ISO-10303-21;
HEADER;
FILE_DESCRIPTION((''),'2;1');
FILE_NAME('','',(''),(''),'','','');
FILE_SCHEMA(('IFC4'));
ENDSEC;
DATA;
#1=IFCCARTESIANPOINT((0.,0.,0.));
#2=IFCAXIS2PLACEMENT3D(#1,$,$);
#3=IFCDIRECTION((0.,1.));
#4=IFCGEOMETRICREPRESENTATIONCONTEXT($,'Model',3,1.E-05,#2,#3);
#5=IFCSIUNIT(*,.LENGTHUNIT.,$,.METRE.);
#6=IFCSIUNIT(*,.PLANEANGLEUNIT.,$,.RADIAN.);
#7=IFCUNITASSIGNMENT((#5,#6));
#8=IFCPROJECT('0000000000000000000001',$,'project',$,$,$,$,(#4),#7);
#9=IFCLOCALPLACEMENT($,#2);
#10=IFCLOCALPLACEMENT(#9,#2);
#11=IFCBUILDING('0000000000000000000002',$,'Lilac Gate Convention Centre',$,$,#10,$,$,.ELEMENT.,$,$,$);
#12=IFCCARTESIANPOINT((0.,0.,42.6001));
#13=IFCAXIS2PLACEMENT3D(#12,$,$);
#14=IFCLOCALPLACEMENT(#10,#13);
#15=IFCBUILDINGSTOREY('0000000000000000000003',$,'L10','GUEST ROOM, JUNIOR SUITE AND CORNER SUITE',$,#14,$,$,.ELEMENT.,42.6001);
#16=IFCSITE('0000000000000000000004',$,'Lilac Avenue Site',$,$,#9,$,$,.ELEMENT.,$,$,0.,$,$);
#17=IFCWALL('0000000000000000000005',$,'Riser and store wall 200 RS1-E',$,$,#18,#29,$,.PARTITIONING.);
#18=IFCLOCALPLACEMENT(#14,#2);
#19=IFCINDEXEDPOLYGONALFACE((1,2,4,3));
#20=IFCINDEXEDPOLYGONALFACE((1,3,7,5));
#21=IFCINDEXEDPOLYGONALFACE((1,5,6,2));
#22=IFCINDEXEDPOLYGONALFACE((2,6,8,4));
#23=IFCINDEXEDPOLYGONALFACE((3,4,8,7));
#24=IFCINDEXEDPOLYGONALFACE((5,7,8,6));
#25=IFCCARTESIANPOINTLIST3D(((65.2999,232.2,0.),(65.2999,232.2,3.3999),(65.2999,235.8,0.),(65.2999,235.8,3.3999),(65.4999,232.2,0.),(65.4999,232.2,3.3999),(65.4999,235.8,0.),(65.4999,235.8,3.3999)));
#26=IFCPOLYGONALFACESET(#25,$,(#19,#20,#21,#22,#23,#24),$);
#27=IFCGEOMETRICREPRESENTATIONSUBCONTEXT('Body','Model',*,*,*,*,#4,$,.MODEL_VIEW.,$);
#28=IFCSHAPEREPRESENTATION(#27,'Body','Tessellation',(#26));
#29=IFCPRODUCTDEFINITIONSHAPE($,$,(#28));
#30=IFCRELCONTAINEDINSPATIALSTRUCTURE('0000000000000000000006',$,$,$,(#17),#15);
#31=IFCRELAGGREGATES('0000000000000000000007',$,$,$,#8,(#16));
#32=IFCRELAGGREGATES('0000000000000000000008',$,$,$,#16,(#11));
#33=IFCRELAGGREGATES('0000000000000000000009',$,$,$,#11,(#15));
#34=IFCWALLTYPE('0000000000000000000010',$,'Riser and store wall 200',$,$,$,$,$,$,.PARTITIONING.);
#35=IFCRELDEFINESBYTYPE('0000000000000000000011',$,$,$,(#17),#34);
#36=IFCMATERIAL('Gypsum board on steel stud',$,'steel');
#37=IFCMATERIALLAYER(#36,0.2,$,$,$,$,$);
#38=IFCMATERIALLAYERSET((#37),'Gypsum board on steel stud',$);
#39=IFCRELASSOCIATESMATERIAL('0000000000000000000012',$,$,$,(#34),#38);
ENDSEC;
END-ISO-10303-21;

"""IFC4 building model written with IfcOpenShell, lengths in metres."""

from ifc_helpers import new_model, si_unit, direction, frame, frame_2d, origin, place, context, subcontext, project, spatial, rectangle, extrude, material, layer, layer_set, type_object, element, save


model = new_model("IFC4")

# Units and contexts
model_context = context("Model", 3, precision=1e-05, world=origin(), true_north=direction((0.0, 1.0)))
body_context = subcontext(model_context, "Body", "Model", "MODEL_VIEW")
ifc_project = project(units=[si_unit("LENGTHUNIT", "METRE"), si_unit("PLANEANGLEUNIT", "RADIAN")], contexts=[model_context])

# Site, building, storey
site_placement = place(None, origin())
site = spatial("IfcSite", under=ifc_project, at=site_placement, Name="Lilac Avenue Site", CompositionType="ELEMENT", RefElevation=0.0)
building_placement = place(site_placement, origin())
building = spatial("IfcBuilding", under=site, at=building_placement, Name="Lilac Gate Convention Centre", CompositionType="ELEMENT")
storey_placement = place(building_placement, frame((0.0, 0.0, 42.6001)))
storey = spatial("IfcBuildingStorey", under=building, at=storey_placement, Name="L10", Description="GUEST ROOM, JUNIOR SUITE AND CORNER SUITE", CompositionType="ELEMENT", Elevation=42.6001)

# Shared definitions
ifc_material_1 = material(Name="Gypsum board on steel stud", Category="steel")
ifc_layer_1 = layer(ifc_material_1, 0.2)
ifc_layer_set_1 = layer_set([ifc_layer_1], Name="Gypsum board on steel stud")
wall_type_1 = type_object("IfcWallType", Name="Riser and store wall 200", PredefinedType="PARTITIONING", material=ifc_layer_set_1)

# Wall
wall_1_placement = place(storey_placement, frame((65.3999, 232.2, 0.0), z_axis=(0.0, 0.0, 1.0), x_axis=(0.0, 1.0, 0.0)))
element("IfcWall", 1, at=wall_1_placement, inside=storey, type_object=wall_type_1, Name="Riser and store wall 200 RS1-E", PredefinedType="PARTITIONING", context=body_context, shape_type="SweptSolid", body=[
    extrude(rectangle(XDim=3.6001, YDim=0.2, at=frame_2d((1.8, 0.0))), origin(), (0.0, 0.0, 1.0), 3.3999),
])

save(model, "model.ifc")
